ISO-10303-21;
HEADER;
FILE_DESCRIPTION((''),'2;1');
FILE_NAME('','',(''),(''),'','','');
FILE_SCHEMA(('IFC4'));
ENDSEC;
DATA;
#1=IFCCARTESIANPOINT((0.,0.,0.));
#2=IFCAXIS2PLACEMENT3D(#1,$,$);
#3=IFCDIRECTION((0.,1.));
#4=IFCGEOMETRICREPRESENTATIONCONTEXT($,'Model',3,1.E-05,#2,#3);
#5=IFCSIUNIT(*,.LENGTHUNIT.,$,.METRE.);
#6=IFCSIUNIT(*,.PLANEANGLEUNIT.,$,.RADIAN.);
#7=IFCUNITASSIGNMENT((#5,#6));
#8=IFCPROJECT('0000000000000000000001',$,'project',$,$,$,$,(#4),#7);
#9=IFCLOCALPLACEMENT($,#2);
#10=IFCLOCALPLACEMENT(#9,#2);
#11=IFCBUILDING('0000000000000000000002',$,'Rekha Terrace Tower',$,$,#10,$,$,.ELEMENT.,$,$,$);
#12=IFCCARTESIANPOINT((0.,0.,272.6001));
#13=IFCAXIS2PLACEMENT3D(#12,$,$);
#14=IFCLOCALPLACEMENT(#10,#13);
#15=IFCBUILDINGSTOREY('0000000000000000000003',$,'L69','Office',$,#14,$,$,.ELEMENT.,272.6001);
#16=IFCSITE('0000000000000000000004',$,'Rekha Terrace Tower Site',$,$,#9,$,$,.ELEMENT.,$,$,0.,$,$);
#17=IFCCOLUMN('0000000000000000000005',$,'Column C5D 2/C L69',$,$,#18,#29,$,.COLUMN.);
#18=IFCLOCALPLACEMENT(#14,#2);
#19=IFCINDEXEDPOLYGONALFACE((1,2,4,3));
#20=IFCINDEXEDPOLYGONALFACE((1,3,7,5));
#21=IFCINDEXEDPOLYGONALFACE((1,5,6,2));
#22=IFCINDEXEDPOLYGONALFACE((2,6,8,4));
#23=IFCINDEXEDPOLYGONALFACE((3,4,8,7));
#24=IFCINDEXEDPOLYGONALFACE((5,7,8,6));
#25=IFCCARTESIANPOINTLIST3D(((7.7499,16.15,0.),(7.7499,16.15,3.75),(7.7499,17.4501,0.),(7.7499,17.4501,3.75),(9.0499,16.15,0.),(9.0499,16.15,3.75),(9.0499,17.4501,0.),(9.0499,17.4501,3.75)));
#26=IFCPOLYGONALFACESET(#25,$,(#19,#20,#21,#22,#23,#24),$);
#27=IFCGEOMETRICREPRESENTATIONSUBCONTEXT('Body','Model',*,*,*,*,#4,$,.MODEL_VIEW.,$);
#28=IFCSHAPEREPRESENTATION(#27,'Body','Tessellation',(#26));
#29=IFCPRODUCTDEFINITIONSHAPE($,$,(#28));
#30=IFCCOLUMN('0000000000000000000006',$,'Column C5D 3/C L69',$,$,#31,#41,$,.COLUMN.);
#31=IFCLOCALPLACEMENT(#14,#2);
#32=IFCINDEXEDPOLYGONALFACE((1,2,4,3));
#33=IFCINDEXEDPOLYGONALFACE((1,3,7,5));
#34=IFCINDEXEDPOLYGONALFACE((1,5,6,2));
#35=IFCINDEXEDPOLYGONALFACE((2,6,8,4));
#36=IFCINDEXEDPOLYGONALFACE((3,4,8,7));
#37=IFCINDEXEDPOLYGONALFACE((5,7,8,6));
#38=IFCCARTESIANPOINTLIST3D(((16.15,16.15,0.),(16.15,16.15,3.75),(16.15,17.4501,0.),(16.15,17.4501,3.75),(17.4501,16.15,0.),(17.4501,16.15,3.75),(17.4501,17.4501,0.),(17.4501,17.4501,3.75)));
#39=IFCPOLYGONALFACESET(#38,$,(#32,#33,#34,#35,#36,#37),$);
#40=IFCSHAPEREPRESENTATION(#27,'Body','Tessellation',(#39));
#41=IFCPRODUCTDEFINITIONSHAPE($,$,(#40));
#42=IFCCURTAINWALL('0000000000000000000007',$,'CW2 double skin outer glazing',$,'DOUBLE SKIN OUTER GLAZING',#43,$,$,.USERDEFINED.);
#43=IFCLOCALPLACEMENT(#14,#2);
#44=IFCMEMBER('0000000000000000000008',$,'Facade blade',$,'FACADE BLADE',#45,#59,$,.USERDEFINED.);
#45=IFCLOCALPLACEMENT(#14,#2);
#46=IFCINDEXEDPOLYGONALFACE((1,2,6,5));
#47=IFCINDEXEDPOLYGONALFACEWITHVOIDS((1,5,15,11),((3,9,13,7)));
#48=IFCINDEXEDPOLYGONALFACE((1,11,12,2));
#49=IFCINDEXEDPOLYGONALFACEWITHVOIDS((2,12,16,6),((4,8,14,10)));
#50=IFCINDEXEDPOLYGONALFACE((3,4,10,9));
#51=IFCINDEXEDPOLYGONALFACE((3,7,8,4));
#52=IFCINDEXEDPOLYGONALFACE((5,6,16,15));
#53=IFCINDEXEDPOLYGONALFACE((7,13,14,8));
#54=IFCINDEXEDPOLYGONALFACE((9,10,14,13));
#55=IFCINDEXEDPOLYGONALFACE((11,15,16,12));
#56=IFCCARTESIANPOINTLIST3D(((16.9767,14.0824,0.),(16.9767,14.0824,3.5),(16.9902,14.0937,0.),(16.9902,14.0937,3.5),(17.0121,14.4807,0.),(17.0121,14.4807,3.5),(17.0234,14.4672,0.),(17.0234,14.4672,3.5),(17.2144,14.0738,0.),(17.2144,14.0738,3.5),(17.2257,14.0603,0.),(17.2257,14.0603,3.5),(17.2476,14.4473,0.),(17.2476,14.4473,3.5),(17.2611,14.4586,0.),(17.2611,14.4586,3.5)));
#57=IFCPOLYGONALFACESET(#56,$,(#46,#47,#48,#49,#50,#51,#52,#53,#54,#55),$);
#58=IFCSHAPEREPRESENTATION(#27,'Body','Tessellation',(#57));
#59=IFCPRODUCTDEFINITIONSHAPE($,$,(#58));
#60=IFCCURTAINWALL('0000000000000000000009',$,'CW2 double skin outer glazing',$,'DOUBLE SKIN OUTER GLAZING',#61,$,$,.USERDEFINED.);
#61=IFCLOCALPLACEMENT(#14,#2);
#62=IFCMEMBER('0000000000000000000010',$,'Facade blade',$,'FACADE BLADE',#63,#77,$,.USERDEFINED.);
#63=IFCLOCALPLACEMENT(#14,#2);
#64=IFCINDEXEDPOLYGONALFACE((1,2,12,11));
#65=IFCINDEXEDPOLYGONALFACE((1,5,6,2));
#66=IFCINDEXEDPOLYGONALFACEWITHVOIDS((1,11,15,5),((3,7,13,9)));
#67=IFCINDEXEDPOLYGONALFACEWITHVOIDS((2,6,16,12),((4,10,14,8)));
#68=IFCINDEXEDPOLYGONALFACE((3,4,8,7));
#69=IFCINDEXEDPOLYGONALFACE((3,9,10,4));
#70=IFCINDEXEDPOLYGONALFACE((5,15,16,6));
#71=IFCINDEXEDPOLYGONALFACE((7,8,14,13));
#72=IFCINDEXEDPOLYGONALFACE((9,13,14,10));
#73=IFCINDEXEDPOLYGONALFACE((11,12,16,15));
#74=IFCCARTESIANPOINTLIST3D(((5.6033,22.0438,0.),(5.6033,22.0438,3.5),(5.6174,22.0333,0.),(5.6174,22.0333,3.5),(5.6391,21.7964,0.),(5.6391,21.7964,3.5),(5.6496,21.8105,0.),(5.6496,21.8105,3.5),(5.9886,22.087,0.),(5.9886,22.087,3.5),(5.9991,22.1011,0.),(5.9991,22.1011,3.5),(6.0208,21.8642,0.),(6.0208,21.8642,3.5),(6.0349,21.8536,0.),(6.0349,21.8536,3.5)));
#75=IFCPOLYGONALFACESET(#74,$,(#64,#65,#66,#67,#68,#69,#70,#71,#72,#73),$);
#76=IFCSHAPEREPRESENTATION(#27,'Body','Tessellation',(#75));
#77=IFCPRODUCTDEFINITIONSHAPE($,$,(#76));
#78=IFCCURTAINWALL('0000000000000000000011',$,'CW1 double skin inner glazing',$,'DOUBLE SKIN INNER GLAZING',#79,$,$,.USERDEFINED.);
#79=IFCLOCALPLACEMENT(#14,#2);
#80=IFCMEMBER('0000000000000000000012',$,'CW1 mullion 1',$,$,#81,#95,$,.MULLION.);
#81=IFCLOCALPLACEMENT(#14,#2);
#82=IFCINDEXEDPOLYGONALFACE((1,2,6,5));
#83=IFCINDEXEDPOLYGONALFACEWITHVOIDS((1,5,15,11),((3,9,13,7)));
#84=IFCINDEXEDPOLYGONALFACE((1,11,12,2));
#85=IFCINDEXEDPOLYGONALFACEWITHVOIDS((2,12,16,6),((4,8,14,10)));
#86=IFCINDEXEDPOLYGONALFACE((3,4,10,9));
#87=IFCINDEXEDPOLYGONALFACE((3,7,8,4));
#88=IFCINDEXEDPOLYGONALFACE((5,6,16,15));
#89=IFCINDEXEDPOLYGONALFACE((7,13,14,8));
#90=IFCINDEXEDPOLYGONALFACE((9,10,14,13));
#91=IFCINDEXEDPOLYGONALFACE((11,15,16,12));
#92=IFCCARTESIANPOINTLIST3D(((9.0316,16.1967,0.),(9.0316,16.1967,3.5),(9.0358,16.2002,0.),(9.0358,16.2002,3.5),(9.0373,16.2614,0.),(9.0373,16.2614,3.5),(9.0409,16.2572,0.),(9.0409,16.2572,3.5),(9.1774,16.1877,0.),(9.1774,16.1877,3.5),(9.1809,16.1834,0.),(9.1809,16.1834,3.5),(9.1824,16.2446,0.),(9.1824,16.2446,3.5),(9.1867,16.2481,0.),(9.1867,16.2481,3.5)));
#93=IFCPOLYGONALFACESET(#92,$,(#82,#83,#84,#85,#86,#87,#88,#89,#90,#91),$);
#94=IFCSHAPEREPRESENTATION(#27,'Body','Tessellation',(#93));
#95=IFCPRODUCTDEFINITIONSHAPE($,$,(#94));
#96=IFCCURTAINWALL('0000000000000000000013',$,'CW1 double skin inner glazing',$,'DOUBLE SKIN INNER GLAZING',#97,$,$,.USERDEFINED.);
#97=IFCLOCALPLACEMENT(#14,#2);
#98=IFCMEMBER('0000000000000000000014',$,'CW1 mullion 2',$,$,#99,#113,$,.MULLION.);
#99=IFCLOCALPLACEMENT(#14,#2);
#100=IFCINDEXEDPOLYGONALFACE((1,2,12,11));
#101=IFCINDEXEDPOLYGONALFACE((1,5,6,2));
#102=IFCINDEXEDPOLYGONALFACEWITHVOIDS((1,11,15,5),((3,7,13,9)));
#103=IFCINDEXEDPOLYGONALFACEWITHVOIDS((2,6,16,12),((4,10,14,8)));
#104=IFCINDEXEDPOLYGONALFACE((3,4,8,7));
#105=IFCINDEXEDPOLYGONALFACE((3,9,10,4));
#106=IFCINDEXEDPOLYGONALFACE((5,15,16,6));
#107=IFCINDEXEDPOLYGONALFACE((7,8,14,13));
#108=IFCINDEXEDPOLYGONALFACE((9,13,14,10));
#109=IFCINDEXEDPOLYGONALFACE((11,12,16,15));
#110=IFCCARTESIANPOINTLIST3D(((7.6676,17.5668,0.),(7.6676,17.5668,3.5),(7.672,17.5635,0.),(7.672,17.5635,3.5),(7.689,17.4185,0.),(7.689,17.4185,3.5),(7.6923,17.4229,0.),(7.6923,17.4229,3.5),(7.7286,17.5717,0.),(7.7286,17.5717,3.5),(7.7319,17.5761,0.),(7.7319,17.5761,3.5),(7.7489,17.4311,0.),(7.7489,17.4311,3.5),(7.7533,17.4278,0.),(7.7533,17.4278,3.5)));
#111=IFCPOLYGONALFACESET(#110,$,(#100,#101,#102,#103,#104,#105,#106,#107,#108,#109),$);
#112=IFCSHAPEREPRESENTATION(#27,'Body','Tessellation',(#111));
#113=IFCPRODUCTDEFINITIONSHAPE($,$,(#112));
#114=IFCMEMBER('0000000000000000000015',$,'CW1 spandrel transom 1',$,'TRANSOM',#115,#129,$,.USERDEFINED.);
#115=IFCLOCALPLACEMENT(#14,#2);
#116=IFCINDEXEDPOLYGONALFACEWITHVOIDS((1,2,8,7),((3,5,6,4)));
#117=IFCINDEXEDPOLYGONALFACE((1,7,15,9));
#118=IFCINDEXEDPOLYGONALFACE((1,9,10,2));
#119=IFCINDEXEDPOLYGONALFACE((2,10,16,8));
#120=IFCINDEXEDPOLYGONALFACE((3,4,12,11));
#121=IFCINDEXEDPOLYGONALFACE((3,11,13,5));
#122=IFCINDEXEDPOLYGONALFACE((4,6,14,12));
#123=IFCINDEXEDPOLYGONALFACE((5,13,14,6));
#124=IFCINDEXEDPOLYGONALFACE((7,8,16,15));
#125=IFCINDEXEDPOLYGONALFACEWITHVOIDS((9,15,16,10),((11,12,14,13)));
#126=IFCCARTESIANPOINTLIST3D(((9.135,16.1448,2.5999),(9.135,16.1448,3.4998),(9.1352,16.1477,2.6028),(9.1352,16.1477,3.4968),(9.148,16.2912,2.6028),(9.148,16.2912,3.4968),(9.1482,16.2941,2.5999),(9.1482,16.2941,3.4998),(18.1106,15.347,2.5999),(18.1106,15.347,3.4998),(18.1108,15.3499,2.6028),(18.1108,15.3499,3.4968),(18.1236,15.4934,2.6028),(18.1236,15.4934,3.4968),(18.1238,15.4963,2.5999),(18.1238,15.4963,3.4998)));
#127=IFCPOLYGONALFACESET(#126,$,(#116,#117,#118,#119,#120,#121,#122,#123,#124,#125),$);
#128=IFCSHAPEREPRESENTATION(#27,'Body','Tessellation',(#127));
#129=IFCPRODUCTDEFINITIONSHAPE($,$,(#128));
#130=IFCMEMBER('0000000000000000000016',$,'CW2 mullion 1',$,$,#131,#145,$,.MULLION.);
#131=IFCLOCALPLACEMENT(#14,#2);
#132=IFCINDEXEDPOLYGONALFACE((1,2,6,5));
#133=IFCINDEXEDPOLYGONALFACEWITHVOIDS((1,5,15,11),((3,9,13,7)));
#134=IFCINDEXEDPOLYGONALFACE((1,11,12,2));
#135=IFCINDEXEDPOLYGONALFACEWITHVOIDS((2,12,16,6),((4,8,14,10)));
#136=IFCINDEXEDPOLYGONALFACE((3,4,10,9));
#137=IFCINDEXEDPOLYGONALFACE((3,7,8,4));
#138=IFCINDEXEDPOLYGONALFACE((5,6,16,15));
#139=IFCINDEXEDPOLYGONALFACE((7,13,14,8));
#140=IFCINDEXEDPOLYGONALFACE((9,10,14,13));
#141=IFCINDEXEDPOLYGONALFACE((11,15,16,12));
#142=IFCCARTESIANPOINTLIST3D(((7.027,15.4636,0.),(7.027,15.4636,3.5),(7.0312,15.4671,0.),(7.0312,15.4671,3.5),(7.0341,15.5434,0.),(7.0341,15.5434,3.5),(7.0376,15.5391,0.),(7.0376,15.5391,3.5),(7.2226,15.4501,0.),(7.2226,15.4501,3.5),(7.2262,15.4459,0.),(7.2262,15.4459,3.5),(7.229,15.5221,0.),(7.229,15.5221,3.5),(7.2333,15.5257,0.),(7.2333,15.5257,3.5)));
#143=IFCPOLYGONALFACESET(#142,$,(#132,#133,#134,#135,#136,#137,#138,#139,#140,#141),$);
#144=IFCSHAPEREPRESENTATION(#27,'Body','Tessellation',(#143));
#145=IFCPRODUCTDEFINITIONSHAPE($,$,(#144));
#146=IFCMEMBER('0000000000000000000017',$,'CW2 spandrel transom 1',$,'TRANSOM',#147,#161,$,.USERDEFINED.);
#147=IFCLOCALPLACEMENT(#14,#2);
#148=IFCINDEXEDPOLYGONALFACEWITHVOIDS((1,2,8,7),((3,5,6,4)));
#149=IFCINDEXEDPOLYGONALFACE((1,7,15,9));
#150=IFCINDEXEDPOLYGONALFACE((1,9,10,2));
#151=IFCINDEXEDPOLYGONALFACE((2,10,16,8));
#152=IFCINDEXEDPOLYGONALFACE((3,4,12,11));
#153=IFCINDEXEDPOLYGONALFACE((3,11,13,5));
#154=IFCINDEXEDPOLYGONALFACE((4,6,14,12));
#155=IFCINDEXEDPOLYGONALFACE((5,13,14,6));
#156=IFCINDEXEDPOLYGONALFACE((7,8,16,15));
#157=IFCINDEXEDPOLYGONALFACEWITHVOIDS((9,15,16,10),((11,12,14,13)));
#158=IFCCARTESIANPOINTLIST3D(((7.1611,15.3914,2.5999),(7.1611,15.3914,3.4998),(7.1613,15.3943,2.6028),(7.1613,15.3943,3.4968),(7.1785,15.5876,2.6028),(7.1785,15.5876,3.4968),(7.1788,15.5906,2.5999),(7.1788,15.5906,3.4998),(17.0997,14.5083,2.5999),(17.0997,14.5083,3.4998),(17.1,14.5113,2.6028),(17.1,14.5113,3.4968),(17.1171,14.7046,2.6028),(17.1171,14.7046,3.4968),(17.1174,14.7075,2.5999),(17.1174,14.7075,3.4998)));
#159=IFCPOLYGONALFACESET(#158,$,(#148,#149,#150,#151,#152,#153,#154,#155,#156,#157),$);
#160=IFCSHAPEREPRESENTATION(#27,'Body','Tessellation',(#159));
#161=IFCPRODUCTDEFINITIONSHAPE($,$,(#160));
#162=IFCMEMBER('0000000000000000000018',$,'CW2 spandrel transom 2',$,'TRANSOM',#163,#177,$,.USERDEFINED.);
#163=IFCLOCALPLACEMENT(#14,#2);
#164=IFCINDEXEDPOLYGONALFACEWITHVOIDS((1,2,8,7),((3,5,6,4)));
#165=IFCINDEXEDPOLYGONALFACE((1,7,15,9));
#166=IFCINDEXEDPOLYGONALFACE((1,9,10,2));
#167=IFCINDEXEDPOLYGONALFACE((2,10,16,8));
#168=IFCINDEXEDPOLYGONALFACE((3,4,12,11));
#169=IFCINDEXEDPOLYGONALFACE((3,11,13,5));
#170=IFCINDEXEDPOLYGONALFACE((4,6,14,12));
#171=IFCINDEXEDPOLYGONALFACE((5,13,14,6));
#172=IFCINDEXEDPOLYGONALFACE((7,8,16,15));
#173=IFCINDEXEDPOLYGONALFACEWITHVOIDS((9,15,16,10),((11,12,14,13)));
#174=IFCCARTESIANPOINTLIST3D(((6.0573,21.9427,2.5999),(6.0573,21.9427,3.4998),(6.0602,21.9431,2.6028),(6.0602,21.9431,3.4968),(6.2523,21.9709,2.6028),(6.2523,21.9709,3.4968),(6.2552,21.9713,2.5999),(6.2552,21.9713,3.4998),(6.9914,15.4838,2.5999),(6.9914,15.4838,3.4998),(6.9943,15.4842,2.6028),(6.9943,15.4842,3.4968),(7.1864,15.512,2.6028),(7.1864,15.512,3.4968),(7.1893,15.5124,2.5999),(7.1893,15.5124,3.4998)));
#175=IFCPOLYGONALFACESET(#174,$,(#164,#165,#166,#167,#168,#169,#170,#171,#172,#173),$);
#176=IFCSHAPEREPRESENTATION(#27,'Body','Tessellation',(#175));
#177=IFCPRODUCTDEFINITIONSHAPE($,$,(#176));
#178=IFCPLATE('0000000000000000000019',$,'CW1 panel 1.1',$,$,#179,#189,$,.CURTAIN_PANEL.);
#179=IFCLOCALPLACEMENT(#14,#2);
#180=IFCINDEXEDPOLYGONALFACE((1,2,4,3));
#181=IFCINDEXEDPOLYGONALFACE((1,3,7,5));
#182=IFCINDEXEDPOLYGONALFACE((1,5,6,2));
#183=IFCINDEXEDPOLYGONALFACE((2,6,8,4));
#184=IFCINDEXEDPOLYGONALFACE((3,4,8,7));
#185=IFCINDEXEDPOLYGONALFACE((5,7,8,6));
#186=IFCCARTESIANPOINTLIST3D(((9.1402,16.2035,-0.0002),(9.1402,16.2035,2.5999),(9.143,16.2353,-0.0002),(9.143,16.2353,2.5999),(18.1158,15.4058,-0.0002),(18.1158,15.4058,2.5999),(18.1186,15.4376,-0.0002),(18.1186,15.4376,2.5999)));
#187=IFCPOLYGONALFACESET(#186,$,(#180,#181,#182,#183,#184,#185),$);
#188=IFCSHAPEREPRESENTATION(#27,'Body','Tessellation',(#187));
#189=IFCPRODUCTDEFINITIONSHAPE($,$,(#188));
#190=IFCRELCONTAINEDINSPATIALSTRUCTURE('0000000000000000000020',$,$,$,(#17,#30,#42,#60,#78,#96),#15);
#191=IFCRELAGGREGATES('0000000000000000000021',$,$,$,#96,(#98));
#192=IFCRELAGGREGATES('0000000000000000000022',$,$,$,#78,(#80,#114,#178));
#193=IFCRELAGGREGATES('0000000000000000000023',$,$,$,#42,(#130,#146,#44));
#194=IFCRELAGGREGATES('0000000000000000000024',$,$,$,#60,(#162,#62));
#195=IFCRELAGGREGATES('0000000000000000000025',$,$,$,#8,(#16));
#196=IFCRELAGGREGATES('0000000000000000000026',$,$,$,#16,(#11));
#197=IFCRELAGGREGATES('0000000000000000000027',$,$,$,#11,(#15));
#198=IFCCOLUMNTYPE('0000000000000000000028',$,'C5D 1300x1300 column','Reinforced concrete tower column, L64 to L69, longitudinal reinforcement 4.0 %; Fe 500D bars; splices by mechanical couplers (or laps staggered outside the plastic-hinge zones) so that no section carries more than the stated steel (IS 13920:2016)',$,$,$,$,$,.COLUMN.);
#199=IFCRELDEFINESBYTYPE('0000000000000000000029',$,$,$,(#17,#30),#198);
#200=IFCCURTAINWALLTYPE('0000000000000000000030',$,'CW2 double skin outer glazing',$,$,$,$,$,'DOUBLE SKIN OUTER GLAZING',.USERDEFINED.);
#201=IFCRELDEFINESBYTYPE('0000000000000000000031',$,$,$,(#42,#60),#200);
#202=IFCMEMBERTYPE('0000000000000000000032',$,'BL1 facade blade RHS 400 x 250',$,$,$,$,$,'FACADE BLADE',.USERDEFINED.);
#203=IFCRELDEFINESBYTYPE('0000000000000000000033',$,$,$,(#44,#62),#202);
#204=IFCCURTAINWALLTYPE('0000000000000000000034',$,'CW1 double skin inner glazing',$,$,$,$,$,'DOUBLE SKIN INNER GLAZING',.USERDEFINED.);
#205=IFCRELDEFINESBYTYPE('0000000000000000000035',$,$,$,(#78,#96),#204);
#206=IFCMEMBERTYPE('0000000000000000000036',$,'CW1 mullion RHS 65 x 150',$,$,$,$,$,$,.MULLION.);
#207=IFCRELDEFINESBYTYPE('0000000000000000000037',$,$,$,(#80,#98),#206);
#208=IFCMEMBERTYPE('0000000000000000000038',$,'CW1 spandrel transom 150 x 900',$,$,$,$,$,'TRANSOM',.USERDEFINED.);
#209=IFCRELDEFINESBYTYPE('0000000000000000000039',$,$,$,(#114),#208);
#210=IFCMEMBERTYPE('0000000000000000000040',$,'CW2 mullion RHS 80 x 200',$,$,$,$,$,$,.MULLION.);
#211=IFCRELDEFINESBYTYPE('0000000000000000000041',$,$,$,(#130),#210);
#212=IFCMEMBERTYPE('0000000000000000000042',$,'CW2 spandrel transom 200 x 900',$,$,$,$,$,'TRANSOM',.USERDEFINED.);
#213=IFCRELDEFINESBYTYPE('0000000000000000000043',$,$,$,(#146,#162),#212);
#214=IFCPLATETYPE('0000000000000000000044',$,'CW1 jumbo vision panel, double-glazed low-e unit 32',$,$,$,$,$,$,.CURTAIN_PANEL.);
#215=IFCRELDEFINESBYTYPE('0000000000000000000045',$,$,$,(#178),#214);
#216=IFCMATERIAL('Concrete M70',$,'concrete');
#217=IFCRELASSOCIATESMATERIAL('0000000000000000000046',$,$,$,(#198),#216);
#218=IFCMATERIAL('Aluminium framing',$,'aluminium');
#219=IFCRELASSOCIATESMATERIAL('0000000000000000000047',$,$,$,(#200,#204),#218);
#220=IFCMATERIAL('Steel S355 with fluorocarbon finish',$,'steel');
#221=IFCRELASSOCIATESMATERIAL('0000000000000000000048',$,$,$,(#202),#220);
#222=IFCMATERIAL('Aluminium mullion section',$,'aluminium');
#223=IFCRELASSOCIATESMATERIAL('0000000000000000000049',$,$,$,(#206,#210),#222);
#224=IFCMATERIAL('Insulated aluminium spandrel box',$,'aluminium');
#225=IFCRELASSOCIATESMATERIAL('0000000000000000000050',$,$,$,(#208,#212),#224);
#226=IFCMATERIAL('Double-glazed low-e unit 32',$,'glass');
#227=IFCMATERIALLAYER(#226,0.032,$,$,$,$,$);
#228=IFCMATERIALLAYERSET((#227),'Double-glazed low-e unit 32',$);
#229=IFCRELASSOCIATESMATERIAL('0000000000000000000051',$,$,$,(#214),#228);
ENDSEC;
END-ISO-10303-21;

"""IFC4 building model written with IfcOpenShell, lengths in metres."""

from ifc_helpers import new_model, si_unit, direction, frame, origin, origin_2d, place, context, subcontext, project, spatial, rectangle, hollow_rectangle, extrude, material, layer, layer_set, material_profile, profile_set, type_object, element, aggregate, save


model = new_model("IFC4")

# Units and contexts
model_context = context("Model", 3, precision=1e-05, world=origin(), true_north=direction((0.0, 1.0)))
body_context = subcontext(model_context, "Body", "Model", "MODEL_VIEW")
ifc_project = project(units=[si_unit("LENGTHUNIT", "METRE"), si_unit("PLANEANGLEUNIT", "RADIAN")], contexts=[model_context])

# Site, building, storey
site_placement = place(None, origin())
site = spatial("IfcSite", under=ifc_project, at=site_placement, Name="Rekha Terrace Tower Site", CompositionType="ELEMENT", RefElevation=0.0)
building_placement = place(site_placement, origin())
building = spatial("IfcBuilding", under=site, at=building_placement, Name="Rekha Terrace Tower", CompositionType="ELEMENT")
storey_placement = place(building_placement, frame((0.0, 0.0, 272.6001)))
storey = spatial("IfcBuildingStorey", under=building, at=storey_placement, Name="L69", Description="Office", CompositionType="ELEMENT", Elevation=272.6001)

# Columns
ifc_material_1 = material(Name="Concrete M70", Category="concrete")
ifc_material_profile_1 = material_profile(ifc_material_1, rectangle(XDim=1.3, YDim=1.3, at=origin_2d()), Name="RC 1300x1300")
ifc_profile_set_1 = profile_set([ifc_material_profile_1], Name="Concrete M70")
column_type = type_object("IfcColumnType", Name="C5D 1300x1300 column", Description="Reinforced concrete tower column, L64 to L69, longitudinal reinforcement 4.0 %; Fe 500D bars; splices by mechanical couplers (or laps staggered outside the plastic-hinge zones) so that no section carries more than the stated steel (IS 13920:2016)", PredefinedType="COLUMN", material=ifc_profile_set_1)
for number, where, z_axis, x_axis, name in (
    (1, (8.3999, 16.8, 0.0), (0.0, 0.0, 1.0), (1.0, 0.0, 0.0), "Column C5D 2/C L69"),
    (2, (16.8, 16.8, 0.0), (0.0, 0.0, 1.0), (1.0, 0.0, 0.0), "Column C5D 3/C L69"),
):
    element("IfcColumn", number, at=place(storey_placement, frame(where, z_axis=z_axis, x_axis=x_axis)), inside=storey, type_object=column_type, Name=name, PredefinedType="COLUMN", context=body_context, shape_type="SweptSolid", body=[
        extrude(rectangle(XDim=1.3, YDim=1.3, at=origin_2d()), origin(), (0.0, 0.0, 1.0), 3.75),
    ])

# Curtain walls, members
ifc_material_2 = material(Name="Aluminium framing", Category="aluminium")
curtain_wall_type_1 = type_object("IfcCurtainWallType", Name="CW2 double skin outer glazing", ElementType="DOUBLE SKIN OUTER GLAZING", PredefinedType="USERDEFINED", material=ifc_material_2)
curtain_wall_1_placement = place(storey_placement, origin())
curtain_wall_1 = element("IfcCurtainWall", 3, at=curtain_wall_1_placement, inside=storey, type_object=curtain_wall_type_1, Name="CW2 double skin outer glazing", ObjectType="DOUBLE SKIN OUTER GLAZING", PredefinedType="USERDEFINED")
ifc_material_3 = material(Name="Steel S355 with fluorocarbon finish", Category="steel")
ifc_material_profile_2 = material_profile(ifc_material_3, hollow_rectangle(XDim=0.25, YDim=0.3999, WallThickness=0.0125, at=origin_2d()), Name="RHS400x250x12.5")
ifc_profile_set_2 = profile_set([ifc_material_profile_2], Name="Steel S355 with fluorocarbon finish")
member_type_1 = type_object("IfcMemberType", Name="BL1 facade blade RHS 400 x 250", ElementType="FACADE BLADE", PredefinedType="USERDEFINED", material=ifc_profile_set_2)
member_1_placement = place(storey_placement, frame((17.1189, 14.2705, 0.0), z_axis=(0.0, 0.0, 1.0), x_axis=(0.996074, -0.088522, 0.0)))
member_1 = element("IfcMember", 4, at=member_1_placement, type_object=member_type_1, Name="Facade blade", ObjectType="FACADE BLADE", PredefinedType="USERDEFINED", context=body_context, shape_type="SweptSolid", body=[
    extrude(hollow_rectangle(XDim=0.25, YDim=0.3999, WallThickness=0.0125, at=origin_2d()), origin(), (0.0, 0.0, 1.0), 3.5),
])
curtain_wall_2_placement = place(storey_placement, origin())
curtain_wall_2 = element("IfcCurtainWall", 5, at=curtain_wall_2_placement, inside=storey, type_object=curtain_wall_type_1, Name="CW2 double skin outer glazing", ObjectType="DOUBLE SKIN OUTER GLAZING", PredefinedType="USERDEFINED")
member_2_placement = place(storey_placement, frame((5.8191, 21.9487, 0.0), z_axis=(0.0, 0.0, 1.0), x_axis=(0.143109, -0.989707, 0.0)))
member_2 = element("IfcMember", 6, at=member_2_placement, type_object=member_type_1, Name="Facade blade", ObjectType="FACADE BLADE", PredefinedType="USERDEFINED", context=body_context, shape_type="SweptSolid", body=[
    extrude(hollow_rectangle(XDim=0.25, YDim=0.3999, WallThickness=0.0125, at=origin_2d()), origin(), (0.0, 0.0, 1.0), 3.5),
])
curtain_wall_type_2 = type_object("IfcCurtainWallType", Name="CW1 double skin inner glazing", ElementType="DOUBLE SKIN INNER GLAZING", PredefinedType="USERDEFINED", material=ifc_material_2)
curtain_wall_3_placement = place(storey_placement, origin())
curtain_wall_3 = element("IfcCurtainWall", 7, at=curtain_wall_3_placement, inside=storey, type_object=curtain_wall_type_2, Name="CW1 double skin inner glazing", ObjectType="DOUBLE SKIN INNER GLAZING", PredefinedType="USERDEFINED")
ifc_material_4 = material(Name="Aluminium mullion section", Category="aluminium")
ifc_material_profile_3 = material_profile(ifc_material_4, hollow_rectangle(XDim=0.0649, YDim=0.1499, WallThickness=0.0039, at=origin_2d()), Name="AL RHS 65x150")
ifc_profile_set_3 = profile_set([ifc_material_profile_3], Name="Aluminium mullion section")
member_type_2 = type_object("IfcMemberType", Name="CW1 mullion RHS 65 x 150", PredefinedType="MULLION", material=ifc_profile_set_3)
member_3_placement = place(storey_placement, frame((9.1091, 16.2224, 0.0), z_axis=(0.0, 0.0, 1.0), x_axis=(0.088522, 0.996074, 0.0)))
member_3 = element("IfcMember", 8, at=member_3_placement, type_object=member_type_2, Name="CW1 mullion 1", PredefinedType="MULLION", context=body_context, shape_type="SweptSolid", body=[
    extrude(hollow_rectangle(XDim=0.0649, YDim=0.1499, WallThickness=0.0039, at=origin_2d()), origin(), (0.0, 0.0, 1.0), 3.5),
])
curtain_wall_4_placement = place(storey_placement, origin())
curtain_wall_4 = element("IfcCurtainWall", 9, at=curtain_wall_4_placement, inside=storey, type_object=curtain_wall_type_2, Name="CW1 double skin inner glazing", ObjectType="DOUBLE SKIN INNER GLAZING", PredefinedType="USERDEFINED")
member_4_placement = place(storey_placement, frame((7.7104, 17.4973, 0.0), z_axis=(0.0, 0.0, 1.0), x_axis=(0.989707, 0.143108, 0.0)))
member_4 = element("IfcMember", 10, at=member_4_placement, type_object=member_type_2, Name="CW1 mullion 2", PredefinedType="MULLION", context=body_context, shape_type="SweptSolid", body=[
    extrude(hollow_rectangle(XDim=0.0649, YDim=0.1499, WallThickness=0.0039, at=origin_2d()), origin(), (0.0, 0.0, 1.0), 3.5),
])
aggregate(curtain_wall_4, [member_4])

# Members
ifc_material_5 = material(Name="Insulated aluminium spandrel box", Category="aluminium")
ifc_material_profile_4 = material_profile(ifc_material_5, hollow_rectangle(XDim=0.1499, YDim=0.8999, WallThickness=0.0029, at=origin_2d()), Name="AL SPANDREL BOX 150x900")
ifc_profile_set_4 = profile_set([ifc_material_profile_4], Name="Insulated aluminium spandrel box")
member_type_3 = type_object("IfcMemberType", Name="CW1 spandrel transom 150 x 900", ElementType="TRANSOM", PredefinedType="USERDEFINED", material=ifc_profile_set_4)
member_5_placement = place(storey_placement, frame((9.1416, 16.2195, 3.0498), z_axis=(0.996072, -0.088542, 0.0), x_axis=(0.088542, 0.996072, 0.0)))
member_5 = element("IfcMember", 11, at=member_5_placement, type_object=member_type_3, Name="CW1 spandrel transom 1", ObjectType="TRANSOM", PredefinedType="USERDEFINED", context=body_context, shape_type="SweptSolid", body=[
    extrude(hollow_rectangle(XDim=0.1499, YDim=0.8999, WallThickness=0.0029, at=origin_2d()), origin(), (0.0, 0.0, 1.0), 9.011),
])
ifc_material_profile_5 = material_profile(ifc_material_4, hollow_rectangle(XDim=0.0801, YDim=0.2, WallThickness=0.0039, at=origin_2d()), Name="AL RHS 80x200")
ifc_profile_set_5 = profile_set([ifc_material_profile_5], Name="Aluminium mullion section")
member_type_4 = type_object("IfcMemberType", Name="CW2 mullion RHS 80 x 200", PredefinedType="MULLION", material=ifc_profile_set_5)
member_6_placement = place(storey_placement, frame((7.1301, 15.4946, 0.0), z_axis=(0.0, 0.0, 1.0), x_axis=(0.088522, 0.996074, 0.0)))
member_6 = element("IfcMember", 12, at=member_6_placement, type_object=member_type_4, Name="CW2 mullion 1", PredefinedType="MULLION", context=body_context, shape_type="SweptSolid", body=[
    extrude(hollow_rectangle(XDim=0.0801, YDim=0.2, WallThickness=0.0039, at=origin_2d()), origin(), (0.0, 0.0, 1.0), 3.5),
])
ifc_material_profile_6 = material_profile(ifc_material_5, hollow_rectangle(XDim=0.2, YDim=0.8999, WallThickness=0.0029, at=origin_2d()), Name="AL SPANDREL BOX 200x900")
ifc_profile_set_6 = profile_set([ifc_material_profile_6], Name="Insulated aluminium spandrel box")
member_type_5 = type_object("IfcMemberType", Name="CW2 spandrel transom 200 x 900", ElementType="TRANSOM", PredefinedType="USERDEFINED", material=ifc_profile_set_6)
member_7_placement = place(storey_placement, frame((7.1699, 15.491, 3.0498), z_axis=(0.996076, -0.088501, 0.0), x_axis=(0.088501, 0.996076, 0.0)))
member_7 = element("IfcMember", 13, at=member_7_placement, type_object=member_type_5, Name="CW2 spandrel transom 1", ObjectType="TRANSOM", PredefinedType="USERDEFINED", context=body_context, shape_type="SweptSolid", body=[
    extrude(hollow_rectangle(XDim=0.2, YDim=0.8999, WallThickness=0.0029, at=origin_2d()), origin(), (0.0, 0.0, 1.0), 9.9778),
])
member_8_placement = place(storey_placement, frame((6.1562, 21.957, 3.0498), z_axis=(0.143129, -0.989704, 0.0), x_axis=(0.989704, 0.143129, 0.0)))
member_8 = element("IfcMember", 14, at=member_8_placement, type_object=member_type_5, Name="CW2 spandrel transom 2", ObjectType="TRANSOM", PredefinedType="USERDEFINED", context=body_context, shape_type="SweptSolid", body=[
    extrude(hollow_rectangle(XDim=0.2, YDim=0.8999, WallThickness=0.0029, at=origin_2d()), origin(), (0.0, 0.0, 1.0), 6.5261),
])

# Plate
ifc_material_6 = material(Name="Double-glazed low-e unit 32", Category="glass")
ifc_layer_1 = layer(ifc_material_6, 0.032)
ifc_layer_set_1 = layer_set([ifc_layer_1], Name="Double-glazed low-e unit 32")
plate_type_1 = type_object("IfcPlateType", Name="CW1 jumbo vision panel, double-glazed low-e unit 32", PredefinedType="CURTAIN_PANEL", material=ifc_layer_set_1)
plate_1_placement = place(storey_placement, frame((13.6294, 15.8206, -0.0002), z_axis=(0.0, 0.0, 1.0), x_axis=(0.996074, -0.088522, 0.0)))
plate_1 = element("IfcPlate", 15, at=plate_1_placement, type_object=plate_type_1, Name="CW1 panel 1.1", PredefinedType="CURTAIN_PANEL", context=body_context, shape_type="SweptSolid", body=[
    extrude(rectangle(XDim=9.011, YDim=0.032, at=origin_2d()), origin(), (0.0, 0.0, 1.0), 2.6001),
])
aggregate(curtain_wall_3, [member_3, member_5, plate_1])
aggregate(curtain_wall_1, [member_6, member_7, member_1])
aggregate(curtain_wall_2, [member_8, member_2])

save(model, "model.ifc")
